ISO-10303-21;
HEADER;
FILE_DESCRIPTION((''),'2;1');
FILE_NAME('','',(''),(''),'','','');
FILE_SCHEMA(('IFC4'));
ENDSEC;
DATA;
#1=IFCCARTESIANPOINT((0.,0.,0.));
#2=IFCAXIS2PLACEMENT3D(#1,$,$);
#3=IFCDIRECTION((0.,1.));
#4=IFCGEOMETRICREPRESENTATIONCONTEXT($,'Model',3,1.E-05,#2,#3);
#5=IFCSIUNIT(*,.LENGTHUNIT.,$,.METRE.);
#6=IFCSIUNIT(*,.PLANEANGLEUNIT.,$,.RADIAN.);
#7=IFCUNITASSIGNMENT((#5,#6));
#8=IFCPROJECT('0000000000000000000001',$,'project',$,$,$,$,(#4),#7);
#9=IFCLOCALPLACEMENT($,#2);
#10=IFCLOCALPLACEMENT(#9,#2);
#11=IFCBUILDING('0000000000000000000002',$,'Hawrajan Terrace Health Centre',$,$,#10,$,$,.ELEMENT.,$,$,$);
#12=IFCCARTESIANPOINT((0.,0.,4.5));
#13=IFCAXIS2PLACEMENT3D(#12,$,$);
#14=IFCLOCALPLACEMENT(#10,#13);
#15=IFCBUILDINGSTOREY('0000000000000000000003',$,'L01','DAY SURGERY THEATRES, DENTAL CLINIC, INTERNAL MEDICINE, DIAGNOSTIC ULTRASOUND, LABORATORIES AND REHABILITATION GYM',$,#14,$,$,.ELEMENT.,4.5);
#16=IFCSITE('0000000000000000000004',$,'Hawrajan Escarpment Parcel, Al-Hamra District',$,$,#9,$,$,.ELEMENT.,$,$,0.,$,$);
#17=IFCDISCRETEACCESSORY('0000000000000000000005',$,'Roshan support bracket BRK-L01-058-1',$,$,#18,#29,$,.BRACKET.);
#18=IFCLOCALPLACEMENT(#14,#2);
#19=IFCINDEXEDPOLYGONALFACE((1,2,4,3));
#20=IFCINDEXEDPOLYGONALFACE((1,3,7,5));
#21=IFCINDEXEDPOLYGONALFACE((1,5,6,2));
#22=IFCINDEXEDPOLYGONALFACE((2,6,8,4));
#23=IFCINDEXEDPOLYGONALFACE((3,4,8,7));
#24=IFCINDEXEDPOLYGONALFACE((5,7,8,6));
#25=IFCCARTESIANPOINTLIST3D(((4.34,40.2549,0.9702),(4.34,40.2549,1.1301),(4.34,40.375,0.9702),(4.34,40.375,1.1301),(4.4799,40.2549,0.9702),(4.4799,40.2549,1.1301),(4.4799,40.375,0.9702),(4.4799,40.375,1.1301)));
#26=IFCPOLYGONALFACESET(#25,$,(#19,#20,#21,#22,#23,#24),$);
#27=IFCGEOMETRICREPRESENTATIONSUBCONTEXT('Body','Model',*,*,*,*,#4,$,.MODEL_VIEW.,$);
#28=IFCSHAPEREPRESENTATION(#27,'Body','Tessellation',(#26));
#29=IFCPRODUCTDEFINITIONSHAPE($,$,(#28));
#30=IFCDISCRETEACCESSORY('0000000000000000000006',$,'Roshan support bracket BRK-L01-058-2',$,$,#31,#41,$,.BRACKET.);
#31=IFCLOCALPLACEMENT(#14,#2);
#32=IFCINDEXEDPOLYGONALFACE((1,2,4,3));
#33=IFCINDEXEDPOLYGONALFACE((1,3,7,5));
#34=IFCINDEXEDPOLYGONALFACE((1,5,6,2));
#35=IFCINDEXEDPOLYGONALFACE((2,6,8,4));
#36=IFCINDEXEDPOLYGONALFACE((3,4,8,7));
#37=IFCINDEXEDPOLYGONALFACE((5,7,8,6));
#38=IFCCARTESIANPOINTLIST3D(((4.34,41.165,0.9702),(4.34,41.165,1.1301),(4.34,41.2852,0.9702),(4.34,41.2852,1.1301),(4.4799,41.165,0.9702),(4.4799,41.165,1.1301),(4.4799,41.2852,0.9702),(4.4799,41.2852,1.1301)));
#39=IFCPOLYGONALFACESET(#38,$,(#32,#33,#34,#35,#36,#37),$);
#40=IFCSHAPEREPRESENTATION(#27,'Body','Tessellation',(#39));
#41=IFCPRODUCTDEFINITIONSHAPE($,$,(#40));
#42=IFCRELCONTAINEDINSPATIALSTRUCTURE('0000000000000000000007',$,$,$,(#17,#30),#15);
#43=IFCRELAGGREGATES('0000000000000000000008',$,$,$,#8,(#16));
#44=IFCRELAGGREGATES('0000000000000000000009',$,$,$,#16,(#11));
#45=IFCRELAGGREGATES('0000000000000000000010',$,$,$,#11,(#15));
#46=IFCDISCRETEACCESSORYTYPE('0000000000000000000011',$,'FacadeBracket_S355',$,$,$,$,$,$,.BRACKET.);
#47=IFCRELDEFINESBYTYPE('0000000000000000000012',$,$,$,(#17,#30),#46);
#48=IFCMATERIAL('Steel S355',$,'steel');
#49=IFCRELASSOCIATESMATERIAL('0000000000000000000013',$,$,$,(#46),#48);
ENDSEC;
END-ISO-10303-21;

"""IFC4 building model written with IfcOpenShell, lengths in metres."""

from ifc_helpers import new_model, si_unit, direction, frame, origin, origin_2d, place, context, subcontext, project, spatial, rectangle, extrude, material, type_object, element, save


model = new_model("IFC4")

# Units and contexts
model_context = context("Model", 3, precision=1e-05, world=origin(), true_north=direction((0.0, 1.0)))
body_context = subcontext(model_context, "Body", "Model", "MODEL_VIEW")
ifc_project = project(units=[si_unit("LENGTHUNIT", "METRE"), si_unit("PLANEANGLEUNIT", "RADIAN")], contexts=[model_context])

# Site, building, storey
site_placement = place(None, origin())
site = spatial("IfcSite", under=ifc_project, at=site_placement, Name="Hawrajan Escarpment Parcel, Al-Hamra District", CompositionType="ELEMENT", RefElevation=0.0)
building_placement = place(site_placement, origin())
building = spatial("IfcBuilding", under=site, at=building_placement, Name="Hawrajan Terrace Health Centre", CompositionType="ELEMENT")
storey_placement = place(building_placement, frame((0.0, 0.0, 4.5)))
storey = spatial("IfcBuildingStorey", under=building, at=storey_placement, Name="L01", Description="DAY SURGERY THEATRES, DENTAL CLINIC, INTERNAL MEDICINE, DIAGNOSTIC ULTRASOUND, LABORATORIES AND REHABILITATION GYM", CompositionType="ELEMENT", Elevation=4.5)

# Shared definitions
ifc_material_1 = material(Name="Steel S355", Category="steel")

# Discrete accessories
discrete_accessory_type = type_object("IfcDiscreteAccessoryType", Name="FacadeBracket_S355", PredefinedType="BRACKET", material=ifc_material_1)
for number, where, z_axis, x_axis, name in (
    (1, (4.4099, 40.3149, 0.9702), (0.0, 0.0, 1.0), (0.0, 1.0, 0.0), "Roshan support bracket BRK-L01-058-1"),
    (2, (4.4099, 41.2251, 0.9702), (0.0, 0.0, 1.0), (0.0, 1.0, 0.0), "Roshan support bracket BRK-L01-058-2"),
):
    element("IfcDiscreteAccessory", number, at=place(storey_placement, frame(where, z_axis=z_axis, x_axis=x_axis)), inside=storey, type_object=discrete_accessory_type, Name=name, PredefinedType="BRACKET", context=body_context, shape_type="SweptSolid", body=[
        extrude(rectangle(XDim=0.1201, YDim=0.1399, at=origin_2d()), origin(), (0.0, 0.0, 1.0), 0.1599),
    ])

save(model, "model.ifc")
